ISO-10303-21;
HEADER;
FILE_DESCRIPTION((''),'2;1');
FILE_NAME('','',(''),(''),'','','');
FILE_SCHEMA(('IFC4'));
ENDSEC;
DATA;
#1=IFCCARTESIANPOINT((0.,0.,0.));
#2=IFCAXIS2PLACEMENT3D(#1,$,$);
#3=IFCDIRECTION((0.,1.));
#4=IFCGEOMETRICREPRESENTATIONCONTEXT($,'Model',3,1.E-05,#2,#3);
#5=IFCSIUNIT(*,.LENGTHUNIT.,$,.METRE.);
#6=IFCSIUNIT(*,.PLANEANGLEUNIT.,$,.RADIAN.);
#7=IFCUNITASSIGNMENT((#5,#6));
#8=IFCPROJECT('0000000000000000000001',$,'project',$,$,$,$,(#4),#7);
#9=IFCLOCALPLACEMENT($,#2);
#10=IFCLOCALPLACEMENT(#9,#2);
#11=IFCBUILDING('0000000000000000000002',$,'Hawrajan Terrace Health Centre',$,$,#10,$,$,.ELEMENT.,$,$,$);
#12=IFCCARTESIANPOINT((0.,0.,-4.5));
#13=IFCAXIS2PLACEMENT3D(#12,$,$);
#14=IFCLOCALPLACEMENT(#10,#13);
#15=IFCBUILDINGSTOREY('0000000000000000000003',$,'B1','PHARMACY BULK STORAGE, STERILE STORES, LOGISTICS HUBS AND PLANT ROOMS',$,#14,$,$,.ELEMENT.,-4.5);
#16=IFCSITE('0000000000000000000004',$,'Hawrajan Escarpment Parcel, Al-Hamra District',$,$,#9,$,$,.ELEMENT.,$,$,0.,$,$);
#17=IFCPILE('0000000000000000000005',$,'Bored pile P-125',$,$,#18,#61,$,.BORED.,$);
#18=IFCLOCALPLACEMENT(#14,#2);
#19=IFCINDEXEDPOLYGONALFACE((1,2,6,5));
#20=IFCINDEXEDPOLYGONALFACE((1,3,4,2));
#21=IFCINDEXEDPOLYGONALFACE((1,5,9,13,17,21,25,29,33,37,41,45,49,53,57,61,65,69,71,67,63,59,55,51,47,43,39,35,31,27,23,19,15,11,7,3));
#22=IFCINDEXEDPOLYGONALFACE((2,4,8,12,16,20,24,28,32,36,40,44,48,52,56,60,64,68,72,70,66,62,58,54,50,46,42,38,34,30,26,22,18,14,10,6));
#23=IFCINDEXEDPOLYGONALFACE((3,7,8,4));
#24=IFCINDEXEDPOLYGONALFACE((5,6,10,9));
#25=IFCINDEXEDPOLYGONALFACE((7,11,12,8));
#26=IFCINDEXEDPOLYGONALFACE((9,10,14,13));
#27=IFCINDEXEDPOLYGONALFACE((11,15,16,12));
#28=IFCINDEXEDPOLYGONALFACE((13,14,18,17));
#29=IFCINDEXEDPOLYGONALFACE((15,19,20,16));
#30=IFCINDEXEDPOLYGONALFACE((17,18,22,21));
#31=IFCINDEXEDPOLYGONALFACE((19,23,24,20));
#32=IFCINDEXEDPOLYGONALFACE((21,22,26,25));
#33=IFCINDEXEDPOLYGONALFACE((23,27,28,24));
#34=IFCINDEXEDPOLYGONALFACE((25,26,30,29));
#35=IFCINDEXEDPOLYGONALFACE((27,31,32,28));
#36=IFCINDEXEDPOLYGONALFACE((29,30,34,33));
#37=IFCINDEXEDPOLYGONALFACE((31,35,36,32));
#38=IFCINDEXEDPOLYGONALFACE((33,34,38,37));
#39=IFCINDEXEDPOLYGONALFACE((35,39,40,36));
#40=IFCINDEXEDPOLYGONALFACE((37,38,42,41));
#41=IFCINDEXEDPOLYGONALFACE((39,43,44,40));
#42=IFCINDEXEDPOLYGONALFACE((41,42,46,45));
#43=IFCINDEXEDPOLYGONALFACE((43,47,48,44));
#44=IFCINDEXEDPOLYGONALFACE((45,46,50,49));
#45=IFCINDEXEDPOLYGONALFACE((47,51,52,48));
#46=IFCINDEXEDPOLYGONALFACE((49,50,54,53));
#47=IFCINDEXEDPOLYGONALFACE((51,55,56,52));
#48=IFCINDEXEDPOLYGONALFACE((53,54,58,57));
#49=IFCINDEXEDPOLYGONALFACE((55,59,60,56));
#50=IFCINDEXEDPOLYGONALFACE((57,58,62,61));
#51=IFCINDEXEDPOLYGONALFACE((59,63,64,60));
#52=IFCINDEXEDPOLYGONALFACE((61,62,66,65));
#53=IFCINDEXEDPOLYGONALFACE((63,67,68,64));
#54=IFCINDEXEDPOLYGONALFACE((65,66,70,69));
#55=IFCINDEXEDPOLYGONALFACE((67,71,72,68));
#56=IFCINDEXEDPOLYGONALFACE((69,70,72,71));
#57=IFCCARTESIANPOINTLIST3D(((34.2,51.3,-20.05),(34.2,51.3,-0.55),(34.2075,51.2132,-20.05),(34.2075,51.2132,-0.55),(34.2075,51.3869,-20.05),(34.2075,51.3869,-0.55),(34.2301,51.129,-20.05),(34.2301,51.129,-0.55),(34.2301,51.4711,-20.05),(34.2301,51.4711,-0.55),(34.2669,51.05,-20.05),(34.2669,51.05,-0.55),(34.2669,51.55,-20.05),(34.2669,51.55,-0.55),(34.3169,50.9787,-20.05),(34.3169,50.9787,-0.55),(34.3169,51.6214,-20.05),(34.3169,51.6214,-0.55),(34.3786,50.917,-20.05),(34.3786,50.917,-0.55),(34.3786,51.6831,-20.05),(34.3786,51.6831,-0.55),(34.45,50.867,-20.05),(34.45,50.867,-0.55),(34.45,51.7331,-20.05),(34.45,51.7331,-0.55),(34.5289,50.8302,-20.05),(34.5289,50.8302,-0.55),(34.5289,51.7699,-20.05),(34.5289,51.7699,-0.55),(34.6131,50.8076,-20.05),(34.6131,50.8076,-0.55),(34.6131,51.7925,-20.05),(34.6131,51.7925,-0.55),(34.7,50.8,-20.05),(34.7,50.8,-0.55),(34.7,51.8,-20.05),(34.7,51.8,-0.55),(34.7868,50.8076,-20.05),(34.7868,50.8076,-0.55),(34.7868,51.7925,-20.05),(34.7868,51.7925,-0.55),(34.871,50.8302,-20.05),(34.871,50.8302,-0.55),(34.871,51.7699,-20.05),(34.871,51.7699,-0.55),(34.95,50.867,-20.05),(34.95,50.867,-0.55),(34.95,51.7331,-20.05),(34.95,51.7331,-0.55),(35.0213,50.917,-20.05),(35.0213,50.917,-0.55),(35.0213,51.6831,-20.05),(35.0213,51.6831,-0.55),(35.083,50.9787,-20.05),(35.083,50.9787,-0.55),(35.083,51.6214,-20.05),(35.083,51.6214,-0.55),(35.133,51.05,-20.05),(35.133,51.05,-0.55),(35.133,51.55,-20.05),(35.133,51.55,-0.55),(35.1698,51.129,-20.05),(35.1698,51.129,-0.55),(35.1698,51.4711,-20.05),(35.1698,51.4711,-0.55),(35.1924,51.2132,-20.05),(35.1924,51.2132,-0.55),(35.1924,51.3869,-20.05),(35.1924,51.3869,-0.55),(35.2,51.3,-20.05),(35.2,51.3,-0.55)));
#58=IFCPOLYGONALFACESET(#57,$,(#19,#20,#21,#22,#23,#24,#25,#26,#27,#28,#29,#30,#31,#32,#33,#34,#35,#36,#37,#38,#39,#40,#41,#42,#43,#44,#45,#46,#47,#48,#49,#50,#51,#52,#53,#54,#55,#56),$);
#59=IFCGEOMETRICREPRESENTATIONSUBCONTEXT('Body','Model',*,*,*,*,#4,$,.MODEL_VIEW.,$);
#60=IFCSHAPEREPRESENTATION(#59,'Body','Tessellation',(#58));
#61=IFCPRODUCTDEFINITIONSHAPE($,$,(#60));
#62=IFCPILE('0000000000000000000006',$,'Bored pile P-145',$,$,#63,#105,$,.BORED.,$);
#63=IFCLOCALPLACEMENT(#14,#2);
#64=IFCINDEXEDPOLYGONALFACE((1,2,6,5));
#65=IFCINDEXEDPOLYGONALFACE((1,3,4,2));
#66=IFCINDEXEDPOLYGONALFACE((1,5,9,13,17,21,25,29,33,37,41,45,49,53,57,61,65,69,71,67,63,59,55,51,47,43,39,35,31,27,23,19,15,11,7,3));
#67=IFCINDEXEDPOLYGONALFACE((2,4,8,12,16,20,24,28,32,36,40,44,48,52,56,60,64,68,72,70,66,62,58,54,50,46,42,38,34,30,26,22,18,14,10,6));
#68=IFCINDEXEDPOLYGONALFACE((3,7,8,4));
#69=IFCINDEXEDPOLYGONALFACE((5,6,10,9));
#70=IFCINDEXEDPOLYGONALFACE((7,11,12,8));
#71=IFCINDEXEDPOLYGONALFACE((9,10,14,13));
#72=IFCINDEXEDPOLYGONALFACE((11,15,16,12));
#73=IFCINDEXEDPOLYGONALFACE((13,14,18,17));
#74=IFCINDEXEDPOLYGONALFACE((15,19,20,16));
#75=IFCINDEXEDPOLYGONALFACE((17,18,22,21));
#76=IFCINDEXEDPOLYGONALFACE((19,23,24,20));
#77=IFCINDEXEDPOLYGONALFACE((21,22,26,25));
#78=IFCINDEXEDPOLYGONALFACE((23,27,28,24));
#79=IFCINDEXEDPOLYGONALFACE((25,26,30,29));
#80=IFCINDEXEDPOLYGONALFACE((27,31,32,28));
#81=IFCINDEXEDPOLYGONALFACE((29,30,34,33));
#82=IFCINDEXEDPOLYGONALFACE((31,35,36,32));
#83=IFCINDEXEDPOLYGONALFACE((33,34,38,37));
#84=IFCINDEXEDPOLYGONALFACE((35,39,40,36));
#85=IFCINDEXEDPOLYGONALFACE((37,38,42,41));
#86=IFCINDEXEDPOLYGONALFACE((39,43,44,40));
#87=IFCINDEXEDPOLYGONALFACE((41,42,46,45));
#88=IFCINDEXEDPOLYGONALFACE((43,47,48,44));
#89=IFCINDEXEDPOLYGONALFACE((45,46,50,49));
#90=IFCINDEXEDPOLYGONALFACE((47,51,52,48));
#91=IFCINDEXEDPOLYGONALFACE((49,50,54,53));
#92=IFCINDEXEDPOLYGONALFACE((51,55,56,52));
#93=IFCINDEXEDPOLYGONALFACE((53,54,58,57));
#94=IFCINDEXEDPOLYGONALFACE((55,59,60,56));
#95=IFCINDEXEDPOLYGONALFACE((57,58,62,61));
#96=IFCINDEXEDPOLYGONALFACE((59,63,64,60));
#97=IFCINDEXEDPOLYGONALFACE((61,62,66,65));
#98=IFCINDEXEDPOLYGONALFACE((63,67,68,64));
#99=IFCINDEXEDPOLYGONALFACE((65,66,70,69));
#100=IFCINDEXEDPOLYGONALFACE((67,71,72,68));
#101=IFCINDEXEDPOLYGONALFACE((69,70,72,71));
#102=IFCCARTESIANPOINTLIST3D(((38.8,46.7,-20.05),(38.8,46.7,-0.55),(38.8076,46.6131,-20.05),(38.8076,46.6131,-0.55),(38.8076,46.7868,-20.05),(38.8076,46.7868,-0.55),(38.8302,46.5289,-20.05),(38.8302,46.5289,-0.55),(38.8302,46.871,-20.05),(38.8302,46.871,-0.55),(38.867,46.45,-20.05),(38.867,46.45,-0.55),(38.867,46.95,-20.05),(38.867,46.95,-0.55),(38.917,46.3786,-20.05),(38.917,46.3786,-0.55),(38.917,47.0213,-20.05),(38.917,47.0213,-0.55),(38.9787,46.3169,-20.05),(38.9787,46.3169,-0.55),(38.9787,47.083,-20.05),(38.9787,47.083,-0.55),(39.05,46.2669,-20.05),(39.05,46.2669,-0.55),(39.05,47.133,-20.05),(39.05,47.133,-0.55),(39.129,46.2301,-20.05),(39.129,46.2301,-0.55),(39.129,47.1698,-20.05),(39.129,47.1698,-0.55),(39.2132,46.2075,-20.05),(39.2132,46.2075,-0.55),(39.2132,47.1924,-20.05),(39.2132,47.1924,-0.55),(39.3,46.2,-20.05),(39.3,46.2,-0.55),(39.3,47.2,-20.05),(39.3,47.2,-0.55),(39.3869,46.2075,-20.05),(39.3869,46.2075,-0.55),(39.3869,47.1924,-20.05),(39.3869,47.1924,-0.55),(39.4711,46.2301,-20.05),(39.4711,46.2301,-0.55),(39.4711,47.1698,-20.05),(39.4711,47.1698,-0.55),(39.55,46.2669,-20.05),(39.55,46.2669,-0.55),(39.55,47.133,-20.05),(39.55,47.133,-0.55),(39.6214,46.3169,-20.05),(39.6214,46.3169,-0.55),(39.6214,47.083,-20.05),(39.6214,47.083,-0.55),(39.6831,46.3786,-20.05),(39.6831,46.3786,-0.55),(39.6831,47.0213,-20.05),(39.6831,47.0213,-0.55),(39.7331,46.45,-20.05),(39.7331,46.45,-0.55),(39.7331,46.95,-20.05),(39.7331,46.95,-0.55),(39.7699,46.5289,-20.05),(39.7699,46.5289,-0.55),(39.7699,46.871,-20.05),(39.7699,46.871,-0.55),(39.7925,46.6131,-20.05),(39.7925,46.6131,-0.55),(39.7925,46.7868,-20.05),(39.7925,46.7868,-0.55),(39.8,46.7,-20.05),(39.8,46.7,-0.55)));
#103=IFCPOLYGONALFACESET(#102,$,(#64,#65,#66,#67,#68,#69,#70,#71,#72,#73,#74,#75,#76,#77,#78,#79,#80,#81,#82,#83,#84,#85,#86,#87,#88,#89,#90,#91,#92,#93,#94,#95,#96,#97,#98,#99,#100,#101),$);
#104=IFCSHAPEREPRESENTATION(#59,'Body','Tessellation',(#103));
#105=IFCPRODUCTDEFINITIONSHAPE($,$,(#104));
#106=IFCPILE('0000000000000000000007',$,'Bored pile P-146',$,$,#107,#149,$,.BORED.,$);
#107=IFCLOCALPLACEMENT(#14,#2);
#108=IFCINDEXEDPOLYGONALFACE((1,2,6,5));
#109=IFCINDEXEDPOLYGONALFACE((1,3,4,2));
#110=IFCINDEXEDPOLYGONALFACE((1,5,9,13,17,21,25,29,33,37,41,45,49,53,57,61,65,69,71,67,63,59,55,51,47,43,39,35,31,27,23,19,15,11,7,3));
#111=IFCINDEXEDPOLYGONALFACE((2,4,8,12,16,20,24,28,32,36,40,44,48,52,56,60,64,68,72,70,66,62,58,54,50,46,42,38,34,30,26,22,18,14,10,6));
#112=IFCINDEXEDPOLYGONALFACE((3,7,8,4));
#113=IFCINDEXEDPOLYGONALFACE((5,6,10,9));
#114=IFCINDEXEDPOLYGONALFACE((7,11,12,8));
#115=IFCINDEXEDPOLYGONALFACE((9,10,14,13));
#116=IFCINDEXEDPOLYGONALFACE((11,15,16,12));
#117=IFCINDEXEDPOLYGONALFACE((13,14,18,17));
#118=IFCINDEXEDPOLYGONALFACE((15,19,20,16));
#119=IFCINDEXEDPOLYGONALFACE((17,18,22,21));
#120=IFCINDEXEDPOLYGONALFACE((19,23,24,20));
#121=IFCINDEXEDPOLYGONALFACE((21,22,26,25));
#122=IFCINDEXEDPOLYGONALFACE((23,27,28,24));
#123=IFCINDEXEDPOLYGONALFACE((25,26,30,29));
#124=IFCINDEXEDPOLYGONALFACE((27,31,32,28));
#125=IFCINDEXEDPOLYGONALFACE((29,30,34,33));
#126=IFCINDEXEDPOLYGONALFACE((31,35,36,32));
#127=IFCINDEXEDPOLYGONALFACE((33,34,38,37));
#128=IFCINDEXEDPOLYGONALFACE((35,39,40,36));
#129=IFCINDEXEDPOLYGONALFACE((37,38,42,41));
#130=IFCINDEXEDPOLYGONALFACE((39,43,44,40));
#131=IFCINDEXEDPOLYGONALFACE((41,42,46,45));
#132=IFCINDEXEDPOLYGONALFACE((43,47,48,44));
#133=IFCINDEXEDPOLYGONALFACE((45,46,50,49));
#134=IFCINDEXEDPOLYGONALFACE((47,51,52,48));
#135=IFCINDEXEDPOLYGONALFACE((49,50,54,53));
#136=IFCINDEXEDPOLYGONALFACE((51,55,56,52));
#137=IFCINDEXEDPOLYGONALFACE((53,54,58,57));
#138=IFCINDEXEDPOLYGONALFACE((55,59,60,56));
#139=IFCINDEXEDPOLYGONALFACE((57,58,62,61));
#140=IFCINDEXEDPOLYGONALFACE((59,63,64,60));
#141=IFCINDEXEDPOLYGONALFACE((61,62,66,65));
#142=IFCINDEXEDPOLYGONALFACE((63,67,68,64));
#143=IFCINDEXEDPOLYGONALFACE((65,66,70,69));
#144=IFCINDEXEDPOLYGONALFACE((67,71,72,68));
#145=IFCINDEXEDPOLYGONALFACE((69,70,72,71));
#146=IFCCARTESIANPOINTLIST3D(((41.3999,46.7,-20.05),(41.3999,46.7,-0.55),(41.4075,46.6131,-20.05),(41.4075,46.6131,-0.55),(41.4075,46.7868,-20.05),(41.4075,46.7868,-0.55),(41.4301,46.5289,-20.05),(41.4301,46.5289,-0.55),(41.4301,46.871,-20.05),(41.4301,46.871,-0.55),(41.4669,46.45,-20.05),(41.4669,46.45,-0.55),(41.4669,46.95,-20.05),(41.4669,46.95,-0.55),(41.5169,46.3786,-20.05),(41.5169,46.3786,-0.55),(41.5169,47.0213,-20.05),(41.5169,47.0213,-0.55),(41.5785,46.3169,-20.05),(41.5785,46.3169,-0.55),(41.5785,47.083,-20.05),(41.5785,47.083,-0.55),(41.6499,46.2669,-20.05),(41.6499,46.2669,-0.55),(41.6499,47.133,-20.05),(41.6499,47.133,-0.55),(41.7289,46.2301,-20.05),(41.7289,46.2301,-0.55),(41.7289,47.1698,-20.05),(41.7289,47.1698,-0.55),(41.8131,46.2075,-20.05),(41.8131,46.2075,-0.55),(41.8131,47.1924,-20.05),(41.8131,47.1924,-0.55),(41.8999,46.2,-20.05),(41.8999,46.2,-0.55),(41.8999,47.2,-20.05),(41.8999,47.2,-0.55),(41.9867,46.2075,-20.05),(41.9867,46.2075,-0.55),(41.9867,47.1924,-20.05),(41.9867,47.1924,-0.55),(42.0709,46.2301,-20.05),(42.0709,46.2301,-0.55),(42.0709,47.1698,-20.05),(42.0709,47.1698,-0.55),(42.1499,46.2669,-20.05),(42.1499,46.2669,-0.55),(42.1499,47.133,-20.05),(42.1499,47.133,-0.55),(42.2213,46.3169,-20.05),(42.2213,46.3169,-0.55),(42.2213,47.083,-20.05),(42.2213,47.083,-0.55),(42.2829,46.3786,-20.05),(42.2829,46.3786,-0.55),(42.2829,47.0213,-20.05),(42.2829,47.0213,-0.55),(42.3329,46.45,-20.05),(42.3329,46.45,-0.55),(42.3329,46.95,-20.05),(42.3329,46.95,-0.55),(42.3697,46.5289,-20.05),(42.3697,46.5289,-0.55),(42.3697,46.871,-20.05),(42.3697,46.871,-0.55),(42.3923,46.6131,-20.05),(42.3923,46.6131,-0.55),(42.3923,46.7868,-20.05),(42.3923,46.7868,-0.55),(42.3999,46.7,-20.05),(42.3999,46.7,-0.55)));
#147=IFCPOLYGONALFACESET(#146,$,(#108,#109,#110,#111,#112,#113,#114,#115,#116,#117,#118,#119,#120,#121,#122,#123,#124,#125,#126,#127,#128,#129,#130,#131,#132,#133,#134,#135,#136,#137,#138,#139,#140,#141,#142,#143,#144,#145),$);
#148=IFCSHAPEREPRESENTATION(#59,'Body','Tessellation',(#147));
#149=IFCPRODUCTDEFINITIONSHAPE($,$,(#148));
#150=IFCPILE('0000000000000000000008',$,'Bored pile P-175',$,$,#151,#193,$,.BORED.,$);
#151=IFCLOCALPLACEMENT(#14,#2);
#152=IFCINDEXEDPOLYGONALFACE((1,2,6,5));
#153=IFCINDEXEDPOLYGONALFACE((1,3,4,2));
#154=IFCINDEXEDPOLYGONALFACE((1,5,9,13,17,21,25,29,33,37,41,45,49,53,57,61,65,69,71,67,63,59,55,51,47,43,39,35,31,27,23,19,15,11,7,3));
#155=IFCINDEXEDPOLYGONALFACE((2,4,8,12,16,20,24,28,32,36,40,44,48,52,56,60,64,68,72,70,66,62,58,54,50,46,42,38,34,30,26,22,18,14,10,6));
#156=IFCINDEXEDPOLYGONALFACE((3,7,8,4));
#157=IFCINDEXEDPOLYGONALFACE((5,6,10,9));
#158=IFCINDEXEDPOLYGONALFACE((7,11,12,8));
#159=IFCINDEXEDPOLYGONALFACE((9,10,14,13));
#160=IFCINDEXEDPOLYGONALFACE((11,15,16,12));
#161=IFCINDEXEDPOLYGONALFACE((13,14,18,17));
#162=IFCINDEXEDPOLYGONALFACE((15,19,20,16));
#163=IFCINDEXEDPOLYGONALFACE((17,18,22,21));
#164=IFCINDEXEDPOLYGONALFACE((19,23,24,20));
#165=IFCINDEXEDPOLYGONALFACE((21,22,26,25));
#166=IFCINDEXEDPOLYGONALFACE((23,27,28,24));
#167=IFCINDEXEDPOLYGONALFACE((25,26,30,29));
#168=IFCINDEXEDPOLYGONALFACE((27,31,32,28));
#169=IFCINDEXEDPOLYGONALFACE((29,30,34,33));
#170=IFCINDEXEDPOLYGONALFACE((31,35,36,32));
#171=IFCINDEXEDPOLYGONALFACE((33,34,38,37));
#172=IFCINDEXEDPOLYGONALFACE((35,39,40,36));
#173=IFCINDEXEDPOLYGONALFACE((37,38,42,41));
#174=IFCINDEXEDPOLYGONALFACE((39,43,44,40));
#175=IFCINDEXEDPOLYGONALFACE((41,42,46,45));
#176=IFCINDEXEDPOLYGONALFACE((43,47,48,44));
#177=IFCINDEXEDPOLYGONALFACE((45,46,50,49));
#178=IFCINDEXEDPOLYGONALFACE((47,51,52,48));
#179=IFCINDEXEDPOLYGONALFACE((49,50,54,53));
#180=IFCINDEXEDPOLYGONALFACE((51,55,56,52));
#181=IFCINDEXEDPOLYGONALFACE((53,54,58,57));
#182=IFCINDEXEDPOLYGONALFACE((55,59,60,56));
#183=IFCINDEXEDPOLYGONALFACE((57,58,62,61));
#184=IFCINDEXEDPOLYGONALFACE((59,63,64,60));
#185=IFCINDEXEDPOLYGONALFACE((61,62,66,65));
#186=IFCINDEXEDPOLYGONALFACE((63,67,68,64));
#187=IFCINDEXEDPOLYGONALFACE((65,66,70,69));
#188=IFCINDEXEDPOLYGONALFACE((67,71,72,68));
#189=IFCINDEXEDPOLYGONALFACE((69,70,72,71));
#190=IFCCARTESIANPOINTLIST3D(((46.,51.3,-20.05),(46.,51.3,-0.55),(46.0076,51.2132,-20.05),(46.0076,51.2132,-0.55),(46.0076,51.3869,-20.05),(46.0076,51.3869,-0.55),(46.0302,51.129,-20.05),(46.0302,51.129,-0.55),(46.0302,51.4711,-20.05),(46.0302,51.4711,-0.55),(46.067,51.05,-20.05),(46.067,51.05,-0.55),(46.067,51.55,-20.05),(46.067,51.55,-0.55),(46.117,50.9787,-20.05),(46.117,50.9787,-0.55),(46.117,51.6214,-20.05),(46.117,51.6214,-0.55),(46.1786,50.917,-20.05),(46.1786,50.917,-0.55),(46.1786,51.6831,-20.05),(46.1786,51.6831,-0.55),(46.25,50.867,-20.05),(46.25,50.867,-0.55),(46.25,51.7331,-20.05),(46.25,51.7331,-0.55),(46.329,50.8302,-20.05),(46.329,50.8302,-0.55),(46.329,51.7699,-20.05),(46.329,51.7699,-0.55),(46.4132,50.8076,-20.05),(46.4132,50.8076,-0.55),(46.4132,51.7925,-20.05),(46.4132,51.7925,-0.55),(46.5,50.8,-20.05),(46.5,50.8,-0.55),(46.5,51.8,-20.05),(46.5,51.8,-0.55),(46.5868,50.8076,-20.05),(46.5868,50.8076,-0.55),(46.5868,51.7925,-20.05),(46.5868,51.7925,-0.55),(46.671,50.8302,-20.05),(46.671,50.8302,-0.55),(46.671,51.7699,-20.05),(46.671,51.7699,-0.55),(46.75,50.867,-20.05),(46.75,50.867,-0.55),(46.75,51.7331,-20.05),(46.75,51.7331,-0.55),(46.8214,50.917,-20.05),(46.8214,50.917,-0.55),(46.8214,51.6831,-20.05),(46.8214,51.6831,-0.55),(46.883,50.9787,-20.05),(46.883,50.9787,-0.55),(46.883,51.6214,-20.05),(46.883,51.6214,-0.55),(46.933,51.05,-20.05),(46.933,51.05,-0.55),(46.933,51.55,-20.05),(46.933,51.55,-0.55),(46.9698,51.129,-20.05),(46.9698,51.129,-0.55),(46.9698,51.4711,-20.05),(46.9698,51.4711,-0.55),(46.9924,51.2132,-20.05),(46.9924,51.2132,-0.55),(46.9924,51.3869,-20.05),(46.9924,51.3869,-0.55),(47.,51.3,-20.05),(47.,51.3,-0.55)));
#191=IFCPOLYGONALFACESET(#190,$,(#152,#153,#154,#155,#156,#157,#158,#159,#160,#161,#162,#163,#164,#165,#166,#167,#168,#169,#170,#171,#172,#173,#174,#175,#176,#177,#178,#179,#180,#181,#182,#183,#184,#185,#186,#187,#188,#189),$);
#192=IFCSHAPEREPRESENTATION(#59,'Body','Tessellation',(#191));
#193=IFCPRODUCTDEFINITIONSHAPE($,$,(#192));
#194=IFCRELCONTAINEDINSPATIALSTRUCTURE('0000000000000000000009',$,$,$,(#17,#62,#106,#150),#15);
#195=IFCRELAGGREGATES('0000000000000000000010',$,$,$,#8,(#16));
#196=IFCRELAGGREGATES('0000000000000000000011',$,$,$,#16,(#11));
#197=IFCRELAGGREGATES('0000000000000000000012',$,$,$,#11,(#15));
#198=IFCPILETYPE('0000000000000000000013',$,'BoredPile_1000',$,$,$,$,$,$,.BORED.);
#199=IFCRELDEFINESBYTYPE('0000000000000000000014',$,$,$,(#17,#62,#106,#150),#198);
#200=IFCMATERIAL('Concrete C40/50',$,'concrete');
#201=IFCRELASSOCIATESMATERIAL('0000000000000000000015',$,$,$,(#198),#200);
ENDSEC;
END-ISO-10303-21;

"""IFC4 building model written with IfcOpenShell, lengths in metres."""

from ifc_helpers import new_model, si_unit, direction, frame, origin, origin_2d, place, context, subcontext, project, spatial, circle, extrude, material, material_profile, profile_set, type_object, element, save


model = new_model("IFC4")

# Units and contexts
model_context = context("Model", 3, precision=1e-05, world=origin(), true_north=direction((0.0, 1.0)))
body_context = subcontext(model_context, "Body", "Model", "MODEL_VIEW")
ifc_project = project(units=[si_unit("LENGTHUNIT", "METRE"), si_unit("PLANEANGLEUNIT", "RADIAN")], contexts=[model_context])

# Site, building, storey
site_placement = place(None, origin())
site = spatial("IfcSite", under=ifc_project, at=site_placement, Name="Hawrajan Escarpment Parcel, Al-Hamra District", CompositionType="ELEMENT", RefElevation=0.0)
building_placement = place(site_placement, origin())
building = spatial("IfcBuilding", under=site, at=building_placement, Name="Hawrajan Terrace Health Centre", CompositionType="ELEMENT")
storey_placement = place(building_placement, frame((0.0, 0.0, -4.5)))
storey = spatial("IfcBuildingStorey", under=building, at=storey_placement, Name="B1", Description="PHARMACY BULK STORAGE, STERILE STORES, LOGISTICS HUBS AND PLANT ROOMS", CompositionType="ELEMENT", Elevation=-4.5)

# Piles
ifc_material_1 = material(Name="Concrete C40/50", Category="concrete")
ifc_material_profile_1 = material_profile(ifc_material_1, circle(Radius=0.5, at=origin_2d()), Name="BP 1000")
ifc_profile_set_1 = profile_set([ifc_material_profile_1], Name="Concrete C40/50")
pile_type_1 = type_object("IfcPileType", Name="BoredPile_1000", PredefinedType="BORED", material=ifc_profile_set_1)
for number, where, z_axis, x_axis, name in (
    (1, (34.7, 51.3, -0.55), (0.0, 0.0, -1.0), (1.0, 0.0, 0.0), "Bored pile P-125"),
    (2, (39.3, 46.7, -0.55), (0.0, 0.0, -1.0), (1.0, 0.0, 0.0), "Bored pile P-145"),
    (3, (41.8999, 46.7, -0.55), (0.0, 0.0, -1.0), (1.0, 0.0, 0.0), "Bored pile P-146"),
    (4, (46.5, 51.3, -0.55), (0.0, 0.0, -1.0), (1.0, 0.0, 0.0), "Bored pile P-175"),
):
    element("IfcPile", number, at=place(storey_placement, frame(where, z_axis=z_axis, x_axis=x_axis)), inside=storey, type_object=pile_type_1, Name=name, PredefinedType="BORED", context=body_context, shape_type="SweptSolid", body=[
        extrude(circle(Radius=0.5, at=origin_2d()), origin(), (0.0, 0.0, 1.0), 19.5),
    ])

save(model, "model.ifc")
